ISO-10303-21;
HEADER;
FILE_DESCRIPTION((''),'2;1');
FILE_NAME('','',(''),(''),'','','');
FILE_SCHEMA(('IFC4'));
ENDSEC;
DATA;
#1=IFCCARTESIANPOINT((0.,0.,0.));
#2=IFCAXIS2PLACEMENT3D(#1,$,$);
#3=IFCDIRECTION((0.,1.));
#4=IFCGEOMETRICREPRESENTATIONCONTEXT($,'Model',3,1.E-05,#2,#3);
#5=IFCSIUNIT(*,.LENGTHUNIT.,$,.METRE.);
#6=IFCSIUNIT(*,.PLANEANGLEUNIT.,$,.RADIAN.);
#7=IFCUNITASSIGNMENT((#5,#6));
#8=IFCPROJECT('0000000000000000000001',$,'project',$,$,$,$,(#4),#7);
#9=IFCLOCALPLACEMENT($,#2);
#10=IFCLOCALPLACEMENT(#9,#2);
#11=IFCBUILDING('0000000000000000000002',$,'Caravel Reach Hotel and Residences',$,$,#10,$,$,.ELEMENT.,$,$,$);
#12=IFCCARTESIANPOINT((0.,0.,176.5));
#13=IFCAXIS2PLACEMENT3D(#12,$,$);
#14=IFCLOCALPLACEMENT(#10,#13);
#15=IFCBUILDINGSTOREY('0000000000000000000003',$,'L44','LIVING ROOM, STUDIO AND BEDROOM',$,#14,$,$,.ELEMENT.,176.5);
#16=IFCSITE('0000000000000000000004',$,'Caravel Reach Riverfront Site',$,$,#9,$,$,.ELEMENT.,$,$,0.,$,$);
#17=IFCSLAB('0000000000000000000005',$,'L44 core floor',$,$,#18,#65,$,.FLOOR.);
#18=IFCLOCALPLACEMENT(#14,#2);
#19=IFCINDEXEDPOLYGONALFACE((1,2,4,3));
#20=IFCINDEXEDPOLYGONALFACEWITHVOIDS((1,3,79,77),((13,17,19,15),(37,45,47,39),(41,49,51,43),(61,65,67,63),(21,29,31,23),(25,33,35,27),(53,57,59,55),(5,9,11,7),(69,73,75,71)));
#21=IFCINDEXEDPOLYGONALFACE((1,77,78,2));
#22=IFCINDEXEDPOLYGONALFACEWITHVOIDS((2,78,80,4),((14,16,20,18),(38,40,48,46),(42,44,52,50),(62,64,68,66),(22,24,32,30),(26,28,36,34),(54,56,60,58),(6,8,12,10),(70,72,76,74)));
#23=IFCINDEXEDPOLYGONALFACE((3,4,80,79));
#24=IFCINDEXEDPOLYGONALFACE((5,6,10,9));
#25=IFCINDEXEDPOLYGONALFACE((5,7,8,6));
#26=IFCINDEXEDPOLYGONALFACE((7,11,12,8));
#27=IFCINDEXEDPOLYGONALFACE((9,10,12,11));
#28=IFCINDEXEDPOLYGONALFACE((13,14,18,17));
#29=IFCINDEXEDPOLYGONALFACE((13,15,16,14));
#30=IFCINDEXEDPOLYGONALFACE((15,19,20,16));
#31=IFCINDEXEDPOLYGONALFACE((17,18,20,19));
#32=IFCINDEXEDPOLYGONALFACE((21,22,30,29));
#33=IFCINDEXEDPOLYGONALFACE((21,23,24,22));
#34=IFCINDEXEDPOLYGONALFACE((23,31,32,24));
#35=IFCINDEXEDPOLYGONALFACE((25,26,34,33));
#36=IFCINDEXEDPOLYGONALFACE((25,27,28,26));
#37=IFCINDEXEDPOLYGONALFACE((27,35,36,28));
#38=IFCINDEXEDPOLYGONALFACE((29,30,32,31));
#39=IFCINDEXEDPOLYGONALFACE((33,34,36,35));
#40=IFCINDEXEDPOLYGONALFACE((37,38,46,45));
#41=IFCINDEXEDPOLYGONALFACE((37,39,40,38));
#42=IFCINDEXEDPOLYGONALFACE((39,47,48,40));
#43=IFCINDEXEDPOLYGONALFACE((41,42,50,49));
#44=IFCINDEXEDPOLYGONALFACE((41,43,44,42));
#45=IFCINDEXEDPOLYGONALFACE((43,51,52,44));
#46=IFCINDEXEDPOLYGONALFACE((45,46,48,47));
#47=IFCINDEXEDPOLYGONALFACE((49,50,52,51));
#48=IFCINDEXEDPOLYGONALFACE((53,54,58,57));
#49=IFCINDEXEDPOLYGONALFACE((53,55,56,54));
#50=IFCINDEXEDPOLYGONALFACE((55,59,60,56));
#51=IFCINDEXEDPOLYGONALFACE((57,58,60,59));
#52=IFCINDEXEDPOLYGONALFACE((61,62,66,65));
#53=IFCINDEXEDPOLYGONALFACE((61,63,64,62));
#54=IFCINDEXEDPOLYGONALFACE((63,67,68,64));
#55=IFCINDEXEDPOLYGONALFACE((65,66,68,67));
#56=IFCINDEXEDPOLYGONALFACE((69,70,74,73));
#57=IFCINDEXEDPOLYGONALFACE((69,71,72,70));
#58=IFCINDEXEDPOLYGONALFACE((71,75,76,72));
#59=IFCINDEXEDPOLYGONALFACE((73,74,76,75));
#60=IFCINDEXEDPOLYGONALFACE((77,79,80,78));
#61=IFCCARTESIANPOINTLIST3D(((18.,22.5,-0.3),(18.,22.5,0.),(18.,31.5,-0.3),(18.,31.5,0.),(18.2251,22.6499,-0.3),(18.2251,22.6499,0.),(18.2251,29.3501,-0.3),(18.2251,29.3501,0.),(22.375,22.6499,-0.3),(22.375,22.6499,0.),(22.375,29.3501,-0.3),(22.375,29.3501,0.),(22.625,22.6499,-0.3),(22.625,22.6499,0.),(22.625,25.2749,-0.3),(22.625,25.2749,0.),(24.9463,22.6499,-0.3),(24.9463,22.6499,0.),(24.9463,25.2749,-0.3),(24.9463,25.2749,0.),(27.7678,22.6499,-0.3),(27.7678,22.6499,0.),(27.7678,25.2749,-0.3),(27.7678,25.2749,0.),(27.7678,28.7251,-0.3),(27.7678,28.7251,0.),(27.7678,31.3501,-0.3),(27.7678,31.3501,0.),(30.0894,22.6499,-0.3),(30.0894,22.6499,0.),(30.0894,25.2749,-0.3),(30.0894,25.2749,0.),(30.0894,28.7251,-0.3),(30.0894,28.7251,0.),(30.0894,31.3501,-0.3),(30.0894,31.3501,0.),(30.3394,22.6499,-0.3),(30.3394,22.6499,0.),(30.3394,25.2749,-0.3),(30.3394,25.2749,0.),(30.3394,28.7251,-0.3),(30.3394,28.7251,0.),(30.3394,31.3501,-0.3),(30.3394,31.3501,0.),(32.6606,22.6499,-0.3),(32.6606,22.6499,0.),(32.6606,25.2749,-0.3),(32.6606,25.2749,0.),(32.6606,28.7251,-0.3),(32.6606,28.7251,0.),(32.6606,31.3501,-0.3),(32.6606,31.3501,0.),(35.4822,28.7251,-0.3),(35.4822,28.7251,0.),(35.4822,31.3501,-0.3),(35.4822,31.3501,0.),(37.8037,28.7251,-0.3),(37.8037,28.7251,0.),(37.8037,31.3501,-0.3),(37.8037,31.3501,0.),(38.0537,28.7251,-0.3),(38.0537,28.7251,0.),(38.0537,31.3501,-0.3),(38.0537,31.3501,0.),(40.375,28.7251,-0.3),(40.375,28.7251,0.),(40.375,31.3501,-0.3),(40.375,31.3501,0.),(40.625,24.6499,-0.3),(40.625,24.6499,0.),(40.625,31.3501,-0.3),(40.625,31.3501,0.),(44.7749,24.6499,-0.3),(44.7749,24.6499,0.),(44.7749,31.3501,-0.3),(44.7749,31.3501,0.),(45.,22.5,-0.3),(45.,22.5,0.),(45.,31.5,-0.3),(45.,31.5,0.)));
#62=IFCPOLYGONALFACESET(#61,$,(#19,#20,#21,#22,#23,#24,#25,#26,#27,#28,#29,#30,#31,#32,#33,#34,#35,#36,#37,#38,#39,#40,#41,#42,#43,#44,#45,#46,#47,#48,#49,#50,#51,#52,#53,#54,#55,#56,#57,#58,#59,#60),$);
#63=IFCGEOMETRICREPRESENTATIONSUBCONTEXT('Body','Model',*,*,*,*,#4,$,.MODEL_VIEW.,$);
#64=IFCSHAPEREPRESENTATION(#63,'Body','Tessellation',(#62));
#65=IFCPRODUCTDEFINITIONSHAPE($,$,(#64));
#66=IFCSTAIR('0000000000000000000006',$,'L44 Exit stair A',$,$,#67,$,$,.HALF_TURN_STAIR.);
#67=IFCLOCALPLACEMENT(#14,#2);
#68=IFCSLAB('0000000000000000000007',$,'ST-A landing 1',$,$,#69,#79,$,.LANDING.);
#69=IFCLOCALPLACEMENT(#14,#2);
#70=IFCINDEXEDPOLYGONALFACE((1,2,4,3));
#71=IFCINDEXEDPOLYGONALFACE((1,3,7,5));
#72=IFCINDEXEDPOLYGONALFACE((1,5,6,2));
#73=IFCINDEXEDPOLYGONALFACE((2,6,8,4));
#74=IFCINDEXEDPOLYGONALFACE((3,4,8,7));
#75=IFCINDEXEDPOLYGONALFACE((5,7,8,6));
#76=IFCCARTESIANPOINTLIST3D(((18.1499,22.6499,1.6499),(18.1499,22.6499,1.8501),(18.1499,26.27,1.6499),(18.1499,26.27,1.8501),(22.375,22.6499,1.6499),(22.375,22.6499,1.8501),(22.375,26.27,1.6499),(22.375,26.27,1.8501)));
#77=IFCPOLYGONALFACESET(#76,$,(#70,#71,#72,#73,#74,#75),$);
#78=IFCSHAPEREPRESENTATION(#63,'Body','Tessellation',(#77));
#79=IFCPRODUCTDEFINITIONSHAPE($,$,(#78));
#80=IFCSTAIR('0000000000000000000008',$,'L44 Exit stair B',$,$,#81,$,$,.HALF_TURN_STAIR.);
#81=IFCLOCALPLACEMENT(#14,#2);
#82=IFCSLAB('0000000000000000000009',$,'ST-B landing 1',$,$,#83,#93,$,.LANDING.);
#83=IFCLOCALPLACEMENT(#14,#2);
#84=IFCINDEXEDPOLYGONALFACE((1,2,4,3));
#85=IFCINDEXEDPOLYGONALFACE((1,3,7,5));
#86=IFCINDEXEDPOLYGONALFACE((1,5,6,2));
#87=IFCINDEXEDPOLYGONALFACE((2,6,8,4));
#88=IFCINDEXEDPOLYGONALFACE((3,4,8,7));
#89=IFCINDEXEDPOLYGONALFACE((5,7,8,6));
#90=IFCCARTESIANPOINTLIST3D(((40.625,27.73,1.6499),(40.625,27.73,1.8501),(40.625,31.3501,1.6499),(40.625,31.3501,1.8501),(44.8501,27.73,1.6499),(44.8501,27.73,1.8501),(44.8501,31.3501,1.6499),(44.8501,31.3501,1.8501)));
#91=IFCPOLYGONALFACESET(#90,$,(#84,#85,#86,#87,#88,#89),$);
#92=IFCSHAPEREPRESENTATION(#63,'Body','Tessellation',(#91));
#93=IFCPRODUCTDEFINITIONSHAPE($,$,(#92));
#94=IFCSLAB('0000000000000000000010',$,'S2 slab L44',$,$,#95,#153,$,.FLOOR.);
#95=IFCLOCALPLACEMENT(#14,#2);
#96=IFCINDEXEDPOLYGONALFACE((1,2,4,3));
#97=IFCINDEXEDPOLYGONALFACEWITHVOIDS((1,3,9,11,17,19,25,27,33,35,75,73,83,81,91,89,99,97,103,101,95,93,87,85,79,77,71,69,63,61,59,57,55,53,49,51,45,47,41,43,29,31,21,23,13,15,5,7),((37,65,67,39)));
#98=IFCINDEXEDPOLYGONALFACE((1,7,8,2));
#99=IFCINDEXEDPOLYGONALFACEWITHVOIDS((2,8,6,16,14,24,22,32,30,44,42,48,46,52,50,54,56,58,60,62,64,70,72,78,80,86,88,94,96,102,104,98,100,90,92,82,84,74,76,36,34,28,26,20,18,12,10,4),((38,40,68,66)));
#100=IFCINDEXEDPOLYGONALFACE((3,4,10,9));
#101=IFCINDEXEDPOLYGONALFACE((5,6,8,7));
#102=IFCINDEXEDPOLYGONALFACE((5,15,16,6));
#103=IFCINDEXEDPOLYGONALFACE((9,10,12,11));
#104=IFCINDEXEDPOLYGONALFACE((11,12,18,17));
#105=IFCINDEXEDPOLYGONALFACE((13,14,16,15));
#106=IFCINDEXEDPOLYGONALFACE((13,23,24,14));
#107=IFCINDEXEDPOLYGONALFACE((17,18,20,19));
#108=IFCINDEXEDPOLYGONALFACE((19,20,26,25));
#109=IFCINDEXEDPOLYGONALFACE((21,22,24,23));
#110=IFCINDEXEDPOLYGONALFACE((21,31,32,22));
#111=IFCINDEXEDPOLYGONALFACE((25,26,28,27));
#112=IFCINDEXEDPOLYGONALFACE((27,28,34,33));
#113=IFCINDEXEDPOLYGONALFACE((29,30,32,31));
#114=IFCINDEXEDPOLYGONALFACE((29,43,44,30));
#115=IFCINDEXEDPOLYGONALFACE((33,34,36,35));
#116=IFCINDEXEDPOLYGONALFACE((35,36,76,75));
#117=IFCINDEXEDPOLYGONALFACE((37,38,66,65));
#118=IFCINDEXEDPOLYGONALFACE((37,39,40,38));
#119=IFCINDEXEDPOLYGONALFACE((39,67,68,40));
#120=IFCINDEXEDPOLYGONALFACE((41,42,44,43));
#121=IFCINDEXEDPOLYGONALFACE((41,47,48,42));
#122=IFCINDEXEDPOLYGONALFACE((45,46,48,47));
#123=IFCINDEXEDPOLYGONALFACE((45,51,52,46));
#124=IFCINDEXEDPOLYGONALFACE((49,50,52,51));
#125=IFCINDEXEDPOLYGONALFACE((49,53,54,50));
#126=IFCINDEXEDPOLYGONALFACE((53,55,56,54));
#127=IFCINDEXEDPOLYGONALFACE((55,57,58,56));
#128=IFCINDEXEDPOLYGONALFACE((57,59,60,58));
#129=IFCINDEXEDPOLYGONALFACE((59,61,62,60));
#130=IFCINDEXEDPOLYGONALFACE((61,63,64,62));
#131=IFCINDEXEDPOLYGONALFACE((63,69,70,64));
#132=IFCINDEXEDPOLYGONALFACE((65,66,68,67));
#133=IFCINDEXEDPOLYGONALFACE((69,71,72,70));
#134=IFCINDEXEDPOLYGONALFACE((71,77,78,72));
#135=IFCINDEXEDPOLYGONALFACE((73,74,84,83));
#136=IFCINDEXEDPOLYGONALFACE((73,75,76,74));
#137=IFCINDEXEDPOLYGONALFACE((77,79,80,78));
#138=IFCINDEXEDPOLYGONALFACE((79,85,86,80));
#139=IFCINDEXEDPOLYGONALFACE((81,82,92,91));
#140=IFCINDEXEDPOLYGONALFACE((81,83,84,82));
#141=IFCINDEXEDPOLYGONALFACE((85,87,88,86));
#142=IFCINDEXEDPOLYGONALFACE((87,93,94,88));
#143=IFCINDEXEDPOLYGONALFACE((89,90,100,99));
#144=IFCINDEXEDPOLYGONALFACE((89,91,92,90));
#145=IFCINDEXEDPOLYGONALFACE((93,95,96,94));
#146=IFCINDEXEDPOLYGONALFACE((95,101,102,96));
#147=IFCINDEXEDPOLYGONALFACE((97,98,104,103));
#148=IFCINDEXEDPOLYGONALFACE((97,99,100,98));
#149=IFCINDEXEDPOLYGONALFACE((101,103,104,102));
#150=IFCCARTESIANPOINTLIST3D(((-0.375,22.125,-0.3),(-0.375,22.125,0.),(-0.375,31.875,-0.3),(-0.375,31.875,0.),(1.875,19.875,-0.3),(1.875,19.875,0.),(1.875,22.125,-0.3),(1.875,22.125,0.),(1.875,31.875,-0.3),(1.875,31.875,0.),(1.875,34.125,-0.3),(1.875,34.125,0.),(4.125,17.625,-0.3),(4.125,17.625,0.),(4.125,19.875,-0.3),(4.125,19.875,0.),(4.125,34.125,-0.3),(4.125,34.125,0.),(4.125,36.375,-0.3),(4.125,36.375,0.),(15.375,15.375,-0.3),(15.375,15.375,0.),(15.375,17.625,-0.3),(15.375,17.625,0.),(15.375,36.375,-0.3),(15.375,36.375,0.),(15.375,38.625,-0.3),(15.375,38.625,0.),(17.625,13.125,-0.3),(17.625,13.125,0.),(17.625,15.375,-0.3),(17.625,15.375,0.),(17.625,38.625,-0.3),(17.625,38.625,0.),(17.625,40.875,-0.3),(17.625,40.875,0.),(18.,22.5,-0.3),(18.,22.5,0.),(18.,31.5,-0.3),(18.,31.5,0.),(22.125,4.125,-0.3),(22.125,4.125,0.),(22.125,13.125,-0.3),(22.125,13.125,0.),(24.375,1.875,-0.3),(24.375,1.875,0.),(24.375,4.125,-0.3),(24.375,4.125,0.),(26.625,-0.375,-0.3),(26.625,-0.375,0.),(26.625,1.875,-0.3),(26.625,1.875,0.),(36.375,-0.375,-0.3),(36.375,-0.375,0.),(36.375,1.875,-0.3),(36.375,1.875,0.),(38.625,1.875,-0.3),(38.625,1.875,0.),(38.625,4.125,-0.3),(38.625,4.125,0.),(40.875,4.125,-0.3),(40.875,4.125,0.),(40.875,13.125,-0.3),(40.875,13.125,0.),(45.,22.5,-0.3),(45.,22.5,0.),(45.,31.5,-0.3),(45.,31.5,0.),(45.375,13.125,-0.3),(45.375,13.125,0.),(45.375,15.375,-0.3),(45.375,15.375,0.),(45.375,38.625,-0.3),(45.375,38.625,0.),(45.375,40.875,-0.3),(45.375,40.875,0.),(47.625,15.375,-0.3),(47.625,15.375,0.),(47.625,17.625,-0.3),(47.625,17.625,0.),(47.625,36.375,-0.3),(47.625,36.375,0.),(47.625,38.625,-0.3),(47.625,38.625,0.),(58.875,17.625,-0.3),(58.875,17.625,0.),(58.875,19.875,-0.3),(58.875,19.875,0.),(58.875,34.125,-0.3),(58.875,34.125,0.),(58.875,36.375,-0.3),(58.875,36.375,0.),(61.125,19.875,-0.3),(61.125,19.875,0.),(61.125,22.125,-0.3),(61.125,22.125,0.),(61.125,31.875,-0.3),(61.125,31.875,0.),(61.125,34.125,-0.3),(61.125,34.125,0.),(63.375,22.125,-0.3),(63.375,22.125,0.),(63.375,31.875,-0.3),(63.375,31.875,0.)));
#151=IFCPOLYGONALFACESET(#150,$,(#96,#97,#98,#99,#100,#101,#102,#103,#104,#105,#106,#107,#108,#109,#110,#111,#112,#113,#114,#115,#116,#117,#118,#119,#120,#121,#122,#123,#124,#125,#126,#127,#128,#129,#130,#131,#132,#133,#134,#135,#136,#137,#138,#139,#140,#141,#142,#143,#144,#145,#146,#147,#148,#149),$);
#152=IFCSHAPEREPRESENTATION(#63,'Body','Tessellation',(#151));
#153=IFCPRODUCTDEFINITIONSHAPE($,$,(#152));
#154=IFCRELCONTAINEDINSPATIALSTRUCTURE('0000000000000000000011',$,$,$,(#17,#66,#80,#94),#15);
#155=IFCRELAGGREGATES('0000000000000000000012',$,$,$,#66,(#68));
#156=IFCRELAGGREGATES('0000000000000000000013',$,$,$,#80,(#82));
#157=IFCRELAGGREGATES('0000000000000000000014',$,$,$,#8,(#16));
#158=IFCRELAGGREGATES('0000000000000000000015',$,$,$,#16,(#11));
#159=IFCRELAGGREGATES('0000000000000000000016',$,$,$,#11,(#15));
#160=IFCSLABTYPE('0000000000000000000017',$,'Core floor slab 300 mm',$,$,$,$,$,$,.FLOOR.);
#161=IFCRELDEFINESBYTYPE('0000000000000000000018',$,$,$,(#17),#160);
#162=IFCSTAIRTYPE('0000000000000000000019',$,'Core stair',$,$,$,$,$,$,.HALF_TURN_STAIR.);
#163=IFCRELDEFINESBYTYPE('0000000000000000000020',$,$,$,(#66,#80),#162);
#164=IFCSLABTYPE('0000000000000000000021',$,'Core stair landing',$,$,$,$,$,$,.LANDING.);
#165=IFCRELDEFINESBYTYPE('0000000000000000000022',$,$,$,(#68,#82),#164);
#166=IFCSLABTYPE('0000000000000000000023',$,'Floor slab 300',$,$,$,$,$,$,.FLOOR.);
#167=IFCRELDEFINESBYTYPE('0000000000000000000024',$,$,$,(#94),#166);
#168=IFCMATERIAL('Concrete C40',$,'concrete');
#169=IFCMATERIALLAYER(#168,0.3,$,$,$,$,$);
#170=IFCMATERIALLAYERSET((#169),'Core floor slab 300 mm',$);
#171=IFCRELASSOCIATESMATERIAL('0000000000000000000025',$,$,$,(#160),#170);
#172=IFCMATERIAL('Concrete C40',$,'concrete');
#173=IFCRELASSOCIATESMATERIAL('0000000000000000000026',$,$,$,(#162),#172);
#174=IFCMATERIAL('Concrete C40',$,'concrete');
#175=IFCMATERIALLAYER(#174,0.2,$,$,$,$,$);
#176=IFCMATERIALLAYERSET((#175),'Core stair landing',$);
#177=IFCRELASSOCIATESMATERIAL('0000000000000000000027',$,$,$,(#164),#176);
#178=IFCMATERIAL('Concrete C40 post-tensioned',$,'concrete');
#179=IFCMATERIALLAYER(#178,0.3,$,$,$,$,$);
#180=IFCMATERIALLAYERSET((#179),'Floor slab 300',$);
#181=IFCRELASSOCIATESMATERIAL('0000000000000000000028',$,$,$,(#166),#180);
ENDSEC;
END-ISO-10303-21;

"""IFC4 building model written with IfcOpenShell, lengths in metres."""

from ifc_helpers import new_model, si_unit, direction, frame, origin, place, context, subcontext, project, spatial, polyline, outline, extrude, material, layer, layer_set, type_object, element, aggregate, save


model = new_model("IFC4")

# Units and contexts
model_context = context("Model", 3, precision=1e-05, world=origin(), true_north=direction((0.0, 1.0)))
body_context = subcontext(model_context, "Body", "Model", "MODEL_VIEW")
ifc_project = project(units=[si_unit("LENGTHUNIT", "METRE"), si_unit("PLANEANGLEUNIT", "RADIAN")], contexts=[model_context])

# Site, building, storey
site_placement = place(None, origin())
site = spatial("IfcSite", under=ifc_project, at=site_placement, Name="Caravel Reach Riverfront Site", CompositionType="ELEMENT", RefElevation=0.0)
building_placement = place(site_placement, origin())
building = spatial("IfcBuilding", under=site, at=building_placement, Name="Caravel Reach Hotel and Residences", CompositionType="ELEMENT")
storey_placement = place(building_placement, frame((0.0, 0.0, 176.5)))
storey = spatial("IfcBuildingStorey", under=building, at=storey_placement, Name="L44", Description="LIVING ROOM, STUDIO AND BEDROOM", CompositionType="ELEMENT", Elevation=176.5)

# Slab
ifc_material_1 = material(Name="Concrete C40", Category="concrete")
ifc_layer_1 = layer(ifc_material_1, 0.3)
ifc_layer_set_1 = layer_set([ifc_layer_1], Name="Core floor slab 300 mm")
slab_type_1 = type_object("IfcSlabType", Name="Core floor slab 300 mm", PredefinedType="FLOOR", material=ifc_layer_set_1)
slab_1_placement = place(storey_placement, frame((0.0, 0.0, -0.3)))
element("IfcSlab", 1, at=slab_1_placement, inside=storey, type_object=slab_type_1, Name="L44 core floor", PredefinedType="FLOOR", context=body_context, shape_type="SweptSolid", body=[
    extrude(outline(polyline([(18.0, 31.5), (45.0, 31.5), (45.0, 22.5), (18.0, 22.5), (18.0, 31.5)]), holes=[polyline([(22.625, 25.2749), (22.625, 22.6499), (24.9463, 22.6499), (24.9463, 25.2749), (22.625, 25.2749)]), polyline([(27.7678, 25.2749), (27.7678, 22.6499), (30.0894, 22.6499), (30.0894, 25.2749), (27.7678, 25.2749)]), polyline([(30.3394, 25.2749), (30.3394, 22.6499), (32.6606, 22.6499), (32.6606, 25.2749), (30.3394, 25.2749)]), polyline([(22.375, 22.6499), (22.375, 29.3501), (18.2251, 29.3501), (18.2251, 22.6499), (22.375, 22.6499)]), polyline([(40.625, 31.3501), (40.625, 24.6499), (44.7749, 24.6499), (44.7749, 31.3501), (40.625, 31.3501)]), polyline([(27.7678, 31.3501), (27.7678, 28.7251), (30.0894, 28.7251), (30.0894, 31.3501), (27.7678, 31.3501)]), polyline([(30.3394, 31.3501), (30.3394, 28.7251), (32.6606, 28.7251), (32.6606, 31.3501), (30.3394, 31.3501)]), polyline([(37.8037, 31.3501), (35.4822, 31.3501), (35.4822, 28.7251), (37.8037, 28.7251), (37.8037, 31.3501)]), polyline([(40.375, 31.3501), (38.0537, 31.3501), (38.0537, 28.7251), (40.375, 28.7251), (40.375, 31.3501)])]), origin(), (0.0, 0.0, 1.0), 0.3),
])

# Stairs, slabs
ifc_material_2 = material(Name="Concrete C40", Category="concrete")
stair_type = type_object("IfcStairType", Name="Core stair", PredefinedType="HALF_TURN_STAIR", material=ifc_material_2)
stair_1_placement = place(storey_placement, origin())
stair_1 = element("IfcStair", 2, at=stair_1_placement, inside=storey, type_object=stair_type, Name="L44 Exit stair A", PredefinedType="HALF_TURN_STAIR")
ifc_material_3 = material(Name="Concrete C40", Category="concrete")
ifc_layer_2 = layer(ifc_material_3, 0.2)
ifc_layer_set_2 = layer_set([ifc_layer_2], Name="Core stair landing")
slab_type_2 = type_object("IfcSlabType", Name="Core stair landing", PredefinedType="LANDING", material=ifc_layer_set_2)
slab_2_placement = place(storey_placement, frame((0.0, 0.0, 1.6499)))
slab_2 = element("IfcSlab", 3, at=slab_2_placement, type_object=slab_type_2, Name="ST-A landing 1", PredefinedType="LANDING", context=body_context, shape_type="SweptSolid", body=[
    extrude(outline(polyline([(18.1499, 26.27), (18.1499, 22.6499), (22.375, 22.6499), (22.375, 26.27), (18.1499, 26.27)])), origin(), (0.0, 0.0, 1.0), 0.2002),
])
aggregate(stair_1, [slab_2])
stair_2_placement = place(storey_placement, origin())
stair_2 = element("IfcStair", 4, at=stair_2_placement, inside=storey, type_object=stair_type, Name="L44 Exit stair B", PredefinedType="HALF_TURN_STAIR")
slab_3_placement = place(storey_placement, frame((0.0, 0.0, 1.6499)))
slab_3 = element("IfcSlab", 5, at=slab_3_placement, type_object=slab_type_2, Name="ST-B landing 1", PredefinedType="LANDING", context=body_context, shape_type="SweptSolid", body=[
    extrude(outline(polyline([(44.8501, 27.73), (44.8501, 31.3501), (40.625, 31.3501), (40.625, 27.73), (44.8501, 27.73)])), origin(), (0.0, 0.0, 1.0), 0.2002),
])
aggregate(stair_2, [slab_3])

# Slab
ifc_material_4 = material(Name="Concrete C40 post-tensioned", Category="concrete")
ifc_layer_3 = layer(ifc_material_4, 0.3)
ifc_layer_set_3 = layer_set([ifc_layer_3], Name="Floor slab 300")
slab_type_3 = type_object("IfcSlabType", Name="Floor slab 300", PredefinedType="FLOOR", material=ifc_layer_set_3)
slab_4_placement = place(storey_placement, frame((0.0, 0.0, -0.3)))
element("IfcSlab", 6, at=slab_4_placement, inside=storey, type_object=slab_type_3, Name="S2 slab L44", PredefinedType="FLOOR", context=body_context, shape_type="SweptSolid", body=[
    extrude(outline(polyline([(17.625, 13.125), (17.625, 15.375), (15.375, 15.375), (15.375, 17.625), (4.125, 17.625), (4.125, 19.875), (1.875, 19.875), (1.875, 22.125), (-0.375, 22.125), (-0.375, 31.875), (1.875, 31.875), (1.875, 34.125), (4.125, 34.125), (4.125, 36.375), (15.375, 36.375), (15.375, 38.625), (17.625, 38.625), (17.625, 40.875), (45.375, 40.875), (45.375, 38.625), (47.625, 38.625), (47.625, 36.375), (58.875, 36.375), (58.875, 34.125), (61.125, 34.125), (61.125, 31.875), (63.375, 31.875), (63.375, 22.125), (61.125, 22.125), (61.125, 19.875), (58.875, 19.875), (58.875, 17.625), (47.625, 17.625), (47.625, 15.375), (45.375, 15.375), (45.375, 13.125), (40.875, 13.125), (40.875, 4.125), (38.625, 4.125), (38.625, 1.875), (36.375, 1.875), (36.375, -0.375), (26.625, -0.375), (26.625, 1.875), (24.375, 1.875), (24.375, 4.125), (22.125, 4.125), (22.125, 13.125), (17.625, 13.125)]), holes=[polyline([(45.0, 31.5), (18.0, 31.5), (18.0, 22.5), (45.0, 22.5), (45.0, 31.5)])]), origin(), (0.0, 0.0, 1.0), 0.3),
])

save(model, "model.ifc")
